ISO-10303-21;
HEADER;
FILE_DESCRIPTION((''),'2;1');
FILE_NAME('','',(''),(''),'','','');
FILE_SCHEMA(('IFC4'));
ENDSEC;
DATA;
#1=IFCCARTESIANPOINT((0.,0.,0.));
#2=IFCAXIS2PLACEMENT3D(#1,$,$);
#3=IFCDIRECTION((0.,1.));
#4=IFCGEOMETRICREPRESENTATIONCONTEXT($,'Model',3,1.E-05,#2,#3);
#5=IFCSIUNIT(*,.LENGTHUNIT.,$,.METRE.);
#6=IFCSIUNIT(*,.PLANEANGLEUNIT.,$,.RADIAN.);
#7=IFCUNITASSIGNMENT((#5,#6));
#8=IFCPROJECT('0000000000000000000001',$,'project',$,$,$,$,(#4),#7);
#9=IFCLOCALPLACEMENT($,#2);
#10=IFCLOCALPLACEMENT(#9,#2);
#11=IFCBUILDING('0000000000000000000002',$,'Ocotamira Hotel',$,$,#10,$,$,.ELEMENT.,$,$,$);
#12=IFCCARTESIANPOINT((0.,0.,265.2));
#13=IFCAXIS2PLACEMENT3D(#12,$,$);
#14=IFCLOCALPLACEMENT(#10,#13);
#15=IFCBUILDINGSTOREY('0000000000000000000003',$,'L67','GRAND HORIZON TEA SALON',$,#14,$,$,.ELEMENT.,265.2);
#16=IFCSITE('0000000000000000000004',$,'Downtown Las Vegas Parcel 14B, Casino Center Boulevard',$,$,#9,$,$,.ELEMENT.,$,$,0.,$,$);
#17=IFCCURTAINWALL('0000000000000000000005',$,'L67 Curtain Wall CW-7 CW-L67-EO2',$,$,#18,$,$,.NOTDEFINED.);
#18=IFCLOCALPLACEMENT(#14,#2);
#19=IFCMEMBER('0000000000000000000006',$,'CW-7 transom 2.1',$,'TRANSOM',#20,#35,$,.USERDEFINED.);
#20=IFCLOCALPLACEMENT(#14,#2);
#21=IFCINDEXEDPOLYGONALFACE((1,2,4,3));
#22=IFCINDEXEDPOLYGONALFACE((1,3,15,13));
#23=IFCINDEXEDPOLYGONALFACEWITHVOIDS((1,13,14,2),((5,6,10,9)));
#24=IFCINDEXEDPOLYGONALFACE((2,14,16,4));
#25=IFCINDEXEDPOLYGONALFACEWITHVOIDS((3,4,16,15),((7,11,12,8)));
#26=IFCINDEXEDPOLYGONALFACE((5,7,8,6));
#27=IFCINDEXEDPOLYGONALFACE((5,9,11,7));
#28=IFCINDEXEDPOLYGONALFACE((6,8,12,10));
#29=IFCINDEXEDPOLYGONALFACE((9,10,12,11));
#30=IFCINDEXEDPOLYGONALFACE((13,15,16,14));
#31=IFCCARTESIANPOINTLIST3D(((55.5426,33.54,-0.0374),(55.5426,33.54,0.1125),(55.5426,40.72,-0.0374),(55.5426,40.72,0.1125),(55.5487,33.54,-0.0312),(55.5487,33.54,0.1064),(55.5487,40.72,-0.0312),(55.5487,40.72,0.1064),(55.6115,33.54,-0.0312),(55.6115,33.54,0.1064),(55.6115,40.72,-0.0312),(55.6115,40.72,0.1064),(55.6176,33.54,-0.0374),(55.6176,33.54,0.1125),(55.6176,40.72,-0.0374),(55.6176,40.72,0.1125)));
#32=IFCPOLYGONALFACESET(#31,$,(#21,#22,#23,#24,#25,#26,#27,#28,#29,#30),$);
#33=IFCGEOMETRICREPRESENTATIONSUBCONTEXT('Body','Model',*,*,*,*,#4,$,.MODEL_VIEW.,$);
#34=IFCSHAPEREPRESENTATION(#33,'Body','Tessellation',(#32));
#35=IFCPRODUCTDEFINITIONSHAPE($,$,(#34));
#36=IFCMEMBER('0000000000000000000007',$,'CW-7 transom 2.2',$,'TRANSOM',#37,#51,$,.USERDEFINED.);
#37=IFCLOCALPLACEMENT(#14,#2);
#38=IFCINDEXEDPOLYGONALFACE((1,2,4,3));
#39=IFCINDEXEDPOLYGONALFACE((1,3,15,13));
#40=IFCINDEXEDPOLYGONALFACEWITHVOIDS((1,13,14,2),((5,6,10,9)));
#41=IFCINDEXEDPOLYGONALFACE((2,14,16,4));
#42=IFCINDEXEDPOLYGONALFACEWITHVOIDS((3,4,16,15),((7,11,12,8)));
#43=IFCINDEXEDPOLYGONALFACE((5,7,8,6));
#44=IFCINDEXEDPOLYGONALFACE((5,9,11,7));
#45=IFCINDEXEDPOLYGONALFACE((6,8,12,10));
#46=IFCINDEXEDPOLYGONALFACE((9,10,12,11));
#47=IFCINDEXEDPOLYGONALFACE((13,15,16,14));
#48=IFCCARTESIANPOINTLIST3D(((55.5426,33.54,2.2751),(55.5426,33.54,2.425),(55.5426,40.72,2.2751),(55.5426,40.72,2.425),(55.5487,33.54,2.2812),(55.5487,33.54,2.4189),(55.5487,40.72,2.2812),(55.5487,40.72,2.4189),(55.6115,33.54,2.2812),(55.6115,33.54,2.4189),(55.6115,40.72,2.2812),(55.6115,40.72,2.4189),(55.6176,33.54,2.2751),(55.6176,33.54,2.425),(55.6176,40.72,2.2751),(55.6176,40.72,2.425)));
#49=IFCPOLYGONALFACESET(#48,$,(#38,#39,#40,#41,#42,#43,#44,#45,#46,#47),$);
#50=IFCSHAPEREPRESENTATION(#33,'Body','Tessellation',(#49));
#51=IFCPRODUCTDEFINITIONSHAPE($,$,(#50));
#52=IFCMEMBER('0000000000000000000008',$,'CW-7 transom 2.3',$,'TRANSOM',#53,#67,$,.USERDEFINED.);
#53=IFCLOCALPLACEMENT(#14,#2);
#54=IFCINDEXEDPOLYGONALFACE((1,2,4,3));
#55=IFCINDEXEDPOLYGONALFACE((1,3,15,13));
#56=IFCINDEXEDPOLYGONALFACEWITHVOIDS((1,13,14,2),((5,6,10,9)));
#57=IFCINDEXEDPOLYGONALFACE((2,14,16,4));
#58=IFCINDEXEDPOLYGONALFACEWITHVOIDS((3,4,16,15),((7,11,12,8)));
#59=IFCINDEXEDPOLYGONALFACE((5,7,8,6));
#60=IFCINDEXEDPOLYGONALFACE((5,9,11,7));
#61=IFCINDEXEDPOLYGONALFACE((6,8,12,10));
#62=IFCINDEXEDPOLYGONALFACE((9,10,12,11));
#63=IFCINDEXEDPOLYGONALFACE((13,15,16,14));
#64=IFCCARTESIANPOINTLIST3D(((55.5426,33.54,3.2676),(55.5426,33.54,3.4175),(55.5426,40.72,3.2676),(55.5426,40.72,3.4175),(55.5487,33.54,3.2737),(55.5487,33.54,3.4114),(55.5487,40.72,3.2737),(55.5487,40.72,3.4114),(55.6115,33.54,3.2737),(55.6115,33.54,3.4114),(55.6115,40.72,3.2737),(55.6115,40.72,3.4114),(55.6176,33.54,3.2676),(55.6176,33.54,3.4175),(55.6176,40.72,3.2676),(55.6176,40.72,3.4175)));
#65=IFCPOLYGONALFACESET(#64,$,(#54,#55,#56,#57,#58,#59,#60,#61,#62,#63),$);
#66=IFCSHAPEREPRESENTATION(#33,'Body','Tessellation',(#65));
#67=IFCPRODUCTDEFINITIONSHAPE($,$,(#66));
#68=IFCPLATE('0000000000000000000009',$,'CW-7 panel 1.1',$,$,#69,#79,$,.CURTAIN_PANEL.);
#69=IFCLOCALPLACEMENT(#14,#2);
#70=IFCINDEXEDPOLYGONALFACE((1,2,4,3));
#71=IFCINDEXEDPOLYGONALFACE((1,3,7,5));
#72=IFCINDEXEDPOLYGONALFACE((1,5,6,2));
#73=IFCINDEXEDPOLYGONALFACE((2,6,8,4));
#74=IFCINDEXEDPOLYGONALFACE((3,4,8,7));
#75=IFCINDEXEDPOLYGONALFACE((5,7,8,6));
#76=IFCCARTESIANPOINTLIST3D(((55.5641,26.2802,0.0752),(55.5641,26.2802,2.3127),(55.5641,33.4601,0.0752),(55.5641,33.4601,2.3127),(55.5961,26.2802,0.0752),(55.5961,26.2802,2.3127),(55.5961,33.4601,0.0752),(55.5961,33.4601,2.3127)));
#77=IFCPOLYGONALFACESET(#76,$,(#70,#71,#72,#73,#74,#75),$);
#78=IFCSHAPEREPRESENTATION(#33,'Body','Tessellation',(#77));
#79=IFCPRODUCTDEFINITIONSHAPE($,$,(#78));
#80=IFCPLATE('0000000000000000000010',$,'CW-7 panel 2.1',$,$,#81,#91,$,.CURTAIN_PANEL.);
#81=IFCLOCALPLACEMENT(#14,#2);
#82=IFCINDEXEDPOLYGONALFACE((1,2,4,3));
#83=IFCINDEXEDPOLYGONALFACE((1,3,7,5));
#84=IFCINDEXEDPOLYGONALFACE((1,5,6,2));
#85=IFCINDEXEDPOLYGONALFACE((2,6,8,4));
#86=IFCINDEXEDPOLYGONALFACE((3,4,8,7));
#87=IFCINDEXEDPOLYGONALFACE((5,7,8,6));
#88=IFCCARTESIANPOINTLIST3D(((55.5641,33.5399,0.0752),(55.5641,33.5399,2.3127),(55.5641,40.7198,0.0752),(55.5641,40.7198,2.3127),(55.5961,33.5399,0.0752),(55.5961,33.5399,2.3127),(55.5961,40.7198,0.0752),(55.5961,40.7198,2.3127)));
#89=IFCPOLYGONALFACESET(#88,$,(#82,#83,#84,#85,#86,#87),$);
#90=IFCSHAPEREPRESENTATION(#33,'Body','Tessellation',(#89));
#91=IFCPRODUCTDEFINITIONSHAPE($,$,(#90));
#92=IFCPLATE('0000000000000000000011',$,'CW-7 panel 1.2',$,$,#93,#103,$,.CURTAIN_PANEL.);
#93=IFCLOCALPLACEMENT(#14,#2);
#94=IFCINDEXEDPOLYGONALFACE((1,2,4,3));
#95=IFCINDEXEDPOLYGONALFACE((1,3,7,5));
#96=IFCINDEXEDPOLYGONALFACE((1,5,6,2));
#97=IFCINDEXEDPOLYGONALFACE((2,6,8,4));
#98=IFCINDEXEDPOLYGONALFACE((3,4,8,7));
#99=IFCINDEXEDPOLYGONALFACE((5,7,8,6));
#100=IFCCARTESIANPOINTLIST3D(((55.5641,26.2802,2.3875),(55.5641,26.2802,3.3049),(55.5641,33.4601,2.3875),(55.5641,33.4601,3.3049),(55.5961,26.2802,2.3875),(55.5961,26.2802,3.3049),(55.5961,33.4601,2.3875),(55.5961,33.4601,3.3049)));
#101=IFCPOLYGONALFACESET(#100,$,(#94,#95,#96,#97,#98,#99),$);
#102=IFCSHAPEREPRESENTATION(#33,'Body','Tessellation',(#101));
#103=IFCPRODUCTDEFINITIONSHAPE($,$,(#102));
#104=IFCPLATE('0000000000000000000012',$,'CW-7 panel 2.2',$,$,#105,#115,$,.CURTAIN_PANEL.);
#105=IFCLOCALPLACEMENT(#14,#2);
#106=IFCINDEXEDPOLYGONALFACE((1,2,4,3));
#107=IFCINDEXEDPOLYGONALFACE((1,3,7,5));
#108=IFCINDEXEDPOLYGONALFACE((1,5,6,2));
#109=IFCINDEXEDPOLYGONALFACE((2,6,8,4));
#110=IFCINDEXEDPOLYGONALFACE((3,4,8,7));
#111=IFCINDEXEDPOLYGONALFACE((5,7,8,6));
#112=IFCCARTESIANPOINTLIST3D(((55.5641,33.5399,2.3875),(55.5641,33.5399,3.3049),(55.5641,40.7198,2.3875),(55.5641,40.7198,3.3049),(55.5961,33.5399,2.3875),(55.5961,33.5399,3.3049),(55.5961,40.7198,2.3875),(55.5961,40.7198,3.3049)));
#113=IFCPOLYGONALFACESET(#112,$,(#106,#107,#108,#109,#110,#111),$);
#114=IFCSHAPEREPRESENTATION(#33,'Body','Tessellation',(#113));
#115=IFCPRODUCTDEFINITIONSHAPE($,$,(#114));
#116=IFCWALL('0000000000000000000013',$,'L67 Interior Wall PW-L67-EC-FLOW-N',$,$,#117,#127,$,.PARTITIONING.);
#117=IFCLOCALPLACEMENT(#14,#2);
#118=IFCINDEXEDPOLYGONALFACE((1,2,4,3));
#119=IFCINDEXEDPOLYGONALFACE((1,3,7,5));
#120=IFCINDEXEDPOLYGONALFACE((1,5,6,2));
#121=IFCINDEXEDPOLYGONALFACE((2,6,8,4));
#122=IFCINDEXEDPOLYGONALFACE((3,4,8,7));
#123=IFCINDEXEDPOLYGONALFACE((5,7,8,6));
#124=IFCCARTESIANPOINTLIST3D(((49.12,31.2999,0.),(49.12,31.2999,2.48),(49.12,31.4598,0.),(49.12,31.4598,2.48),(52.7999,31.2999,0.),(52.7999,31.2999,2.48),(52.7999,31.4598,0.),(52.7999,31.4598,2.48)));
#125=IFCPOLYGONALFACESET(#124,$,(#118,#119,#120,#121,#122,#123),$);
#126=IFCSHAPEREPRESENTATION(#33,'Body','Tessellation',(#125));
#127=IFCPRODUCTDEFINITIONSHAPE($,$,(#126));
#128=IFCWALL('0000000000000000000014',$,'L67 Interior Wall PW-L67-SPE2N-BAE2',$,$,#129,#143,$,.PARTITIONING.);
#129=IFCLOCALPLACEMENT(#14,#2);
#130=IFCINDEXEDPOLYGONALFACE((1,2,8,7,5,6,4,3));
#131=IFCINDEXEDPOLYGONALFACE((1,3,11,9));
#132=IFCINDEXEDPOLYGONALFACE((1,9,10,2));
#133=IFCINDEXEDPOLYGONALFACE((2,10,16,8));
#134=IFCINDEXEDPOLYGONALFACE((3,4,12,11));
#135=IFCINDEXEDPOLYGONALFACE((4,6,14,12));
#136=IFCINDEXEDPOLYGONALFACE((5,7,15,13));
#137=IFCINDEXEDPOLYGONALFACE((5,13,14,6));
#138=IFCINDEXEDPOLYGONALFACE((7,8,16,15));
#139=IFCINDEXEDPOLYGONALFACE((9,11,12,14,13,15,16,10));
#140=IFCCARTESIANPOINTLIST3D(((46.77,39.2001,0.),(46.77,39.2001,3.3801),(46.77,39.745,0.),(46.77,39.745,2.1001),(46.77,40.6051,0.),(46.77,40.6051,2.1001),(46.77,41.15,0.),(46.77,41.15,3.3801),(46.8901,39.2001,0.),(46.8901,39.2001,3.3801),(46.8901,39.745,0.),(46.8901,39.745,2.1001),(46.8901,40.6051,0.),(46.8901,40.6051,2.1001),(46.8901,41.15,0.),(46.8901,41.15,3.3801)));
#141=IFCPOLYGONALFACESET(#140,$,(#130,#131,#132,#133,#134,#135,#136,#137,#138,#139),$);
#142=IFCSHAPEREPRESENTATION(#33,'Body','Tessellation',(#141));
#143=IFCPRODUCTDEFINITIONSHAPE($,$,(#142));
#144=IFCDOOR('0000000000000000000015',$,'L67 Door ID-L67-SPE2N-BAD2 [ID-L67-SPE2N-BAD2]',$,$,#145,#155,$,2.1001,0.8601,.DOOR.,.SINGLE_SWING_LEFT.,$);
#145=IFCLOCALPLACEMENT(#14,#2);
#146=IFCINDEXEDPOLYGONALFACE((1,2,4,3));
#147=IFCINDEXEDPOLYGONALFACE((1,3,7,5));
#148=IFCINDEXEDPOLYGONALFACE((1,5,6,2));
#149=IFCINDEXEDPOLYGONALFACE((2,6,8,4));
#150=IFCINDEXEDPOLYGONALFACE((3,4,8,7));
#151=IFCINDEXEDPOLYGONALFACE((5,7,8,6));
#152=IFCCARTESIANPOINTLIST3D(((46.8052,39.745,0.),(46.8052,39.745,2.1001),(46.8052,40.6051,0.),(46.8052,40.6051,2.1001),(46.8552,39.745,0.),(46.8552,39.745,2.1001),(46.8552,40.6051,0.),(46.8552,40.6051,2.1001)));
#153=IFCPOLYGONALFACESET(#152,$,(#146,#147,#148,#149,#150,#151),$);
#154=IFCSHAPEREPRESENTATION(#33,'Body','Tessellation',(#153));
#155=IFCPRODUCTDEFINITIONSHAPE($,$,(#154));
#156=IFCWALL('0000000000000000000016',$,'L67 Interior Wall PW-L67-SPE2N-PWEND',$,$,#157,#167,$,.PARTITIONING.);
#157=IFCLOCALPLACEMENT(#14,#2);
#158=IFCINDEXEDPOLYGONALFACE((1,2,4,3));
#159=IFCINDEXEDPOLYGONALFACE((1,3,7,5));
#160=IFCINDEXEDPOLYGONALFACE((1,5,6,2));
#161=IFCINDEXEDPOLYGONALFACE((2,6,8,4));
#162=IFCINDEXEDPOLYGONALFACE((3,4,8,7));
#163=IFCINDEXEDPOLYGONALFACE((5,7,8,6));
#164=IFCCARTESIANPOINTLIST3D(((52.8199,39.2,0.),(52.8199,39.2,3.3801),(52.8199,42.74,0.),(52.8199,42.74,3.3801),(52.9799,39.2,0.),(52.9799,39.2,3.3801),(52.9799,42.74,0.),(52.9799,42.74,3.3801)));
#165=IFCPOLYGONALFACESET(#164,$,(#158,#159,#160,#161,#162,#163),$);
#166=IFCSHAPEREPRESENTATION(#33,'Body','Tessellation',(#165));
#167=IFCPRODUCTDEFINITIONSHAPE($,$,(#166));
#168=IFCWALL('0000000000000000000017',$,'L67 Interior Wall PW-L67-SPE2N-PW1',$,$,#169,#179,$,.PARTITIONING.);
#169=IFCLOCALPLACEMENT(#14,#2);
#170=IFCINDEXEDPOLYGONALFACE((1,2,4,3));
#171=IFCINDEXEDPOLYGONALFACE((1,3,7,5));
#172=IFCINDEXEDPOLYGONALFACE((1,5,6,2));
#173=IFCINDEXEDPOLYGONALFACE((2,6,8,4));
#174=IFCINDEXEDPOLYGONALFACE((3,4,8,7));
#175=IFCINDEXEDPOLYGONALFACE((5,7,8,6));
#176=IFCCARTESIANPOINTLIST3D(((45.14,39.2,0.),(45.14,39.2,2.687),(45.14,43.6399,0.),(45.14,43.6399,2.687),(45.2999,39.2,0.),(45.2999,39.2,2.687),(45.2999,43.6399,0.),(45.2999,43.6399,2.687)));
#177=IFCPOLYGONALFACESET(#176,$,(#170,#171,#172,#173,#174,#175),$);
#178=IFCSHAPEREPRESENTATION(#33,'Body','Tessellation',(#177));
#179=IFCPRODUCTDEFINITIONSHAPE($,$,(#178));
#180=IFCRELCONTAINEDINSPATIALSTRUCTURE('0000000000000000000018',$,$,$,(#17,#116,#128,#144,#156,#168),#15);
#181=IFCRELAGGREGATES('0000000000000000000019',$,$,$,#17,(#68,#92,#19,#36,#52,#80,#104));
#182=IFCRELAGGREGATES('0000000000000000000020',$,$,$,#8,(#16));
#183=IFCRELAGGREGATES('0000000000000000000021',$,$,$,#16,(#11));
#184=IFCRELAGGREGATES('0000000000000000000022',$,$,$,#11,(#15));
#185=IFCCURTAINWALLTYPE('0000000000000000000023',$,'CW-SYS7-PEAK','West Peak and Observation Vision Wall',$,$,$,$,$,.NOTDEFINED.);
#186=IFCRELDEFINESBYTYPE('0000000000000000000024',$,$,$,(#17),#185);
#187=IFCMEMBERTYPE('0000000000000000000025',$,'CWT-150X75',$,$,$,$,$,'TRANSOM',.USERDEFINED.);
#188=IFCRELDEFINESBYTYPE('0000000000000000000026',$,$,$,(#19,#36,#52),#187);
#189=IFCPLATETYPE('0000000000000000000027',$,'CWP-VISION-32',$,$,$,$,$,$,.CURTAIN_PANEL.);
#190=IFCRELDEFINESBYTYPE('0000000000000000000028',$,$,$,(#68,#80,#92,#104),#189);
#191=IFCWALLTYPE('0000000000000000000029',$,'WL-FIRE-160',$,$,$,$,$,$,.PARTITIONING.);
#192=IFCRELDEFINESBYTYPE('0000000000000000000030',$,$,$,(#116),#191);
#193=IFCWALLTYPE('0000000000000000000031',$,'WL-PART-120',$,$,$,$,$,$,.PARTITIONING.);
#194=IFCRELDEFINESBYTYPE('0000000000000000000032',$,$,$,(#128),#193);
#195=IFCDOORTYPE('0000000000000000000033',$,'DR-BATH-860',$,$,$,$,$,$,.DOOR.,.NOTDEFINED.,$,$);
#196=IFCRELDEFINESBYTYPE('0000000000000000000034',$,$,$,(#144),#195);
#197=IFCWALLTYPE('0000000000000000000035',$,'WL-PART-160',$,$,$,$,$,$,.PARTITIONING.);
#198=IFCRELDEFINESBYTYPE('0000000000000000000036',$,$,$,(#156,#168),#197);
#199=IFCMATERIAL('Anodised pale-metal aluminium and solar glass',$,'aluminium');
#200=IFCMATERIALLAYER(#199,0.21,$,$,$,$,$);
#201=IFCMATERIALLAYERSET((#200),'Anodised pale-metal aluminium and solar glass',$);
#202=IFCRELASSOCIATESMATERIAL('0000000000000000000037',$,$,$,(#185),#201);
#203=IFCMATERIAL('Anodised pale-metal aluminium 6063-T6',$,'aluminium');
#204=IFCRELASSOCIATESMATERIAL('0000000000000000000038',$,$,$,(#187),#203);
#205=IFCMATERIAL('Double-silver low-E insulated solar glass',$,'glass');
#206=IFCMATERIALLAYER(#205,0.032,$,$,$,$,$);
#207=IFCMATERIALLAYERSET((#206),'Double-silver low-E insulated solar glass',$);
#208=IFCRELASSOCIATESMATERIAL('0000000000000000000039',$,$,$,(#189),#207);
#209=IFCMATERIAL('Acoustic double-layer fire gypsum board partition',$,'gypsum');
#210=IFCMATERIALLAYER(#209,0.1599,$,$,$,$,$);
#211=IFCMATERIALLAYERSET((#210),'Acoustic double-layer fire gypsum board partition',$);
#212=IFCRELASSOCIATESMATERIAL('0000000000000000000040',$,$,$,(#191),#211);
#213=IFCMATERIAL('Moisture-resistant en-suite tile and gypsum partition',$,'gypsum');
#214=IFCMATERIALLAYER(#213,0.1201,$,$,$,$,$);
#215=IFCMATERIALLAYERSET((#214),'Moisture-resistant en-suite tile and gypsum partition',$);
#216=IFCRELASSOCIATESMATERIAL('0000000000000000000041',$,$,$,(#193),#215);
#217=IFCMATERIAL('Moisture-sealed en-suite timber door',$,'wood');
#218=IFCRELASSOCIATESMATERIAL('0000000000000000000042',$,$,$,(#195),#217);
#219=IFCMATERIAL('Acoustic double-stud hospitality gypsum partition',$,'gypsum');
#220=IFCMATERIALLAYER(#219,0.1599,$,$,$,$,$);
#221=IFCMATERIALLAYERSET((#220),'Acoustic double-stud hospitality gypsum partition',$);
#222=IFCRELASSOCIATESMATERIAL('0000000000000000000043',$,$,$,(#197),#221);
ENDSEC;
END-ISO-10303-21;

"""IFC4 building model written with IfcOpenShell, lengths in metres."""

from ifc_helpers import new_model, si_unit, direction, frame, frame_2d, origin, origin_2d, place, context, subcontext, project, spatial, rectangle, hollow_rectangle, extrude, source, transform, mapped, material, layer, layer_set, material_profile, profile_set, type_object, element, fill, aggregate, save


model = new_model("IFC4")

# Units and contexts
model_context = context("Model", 3, precision=1e-05, world=origin(), true_north=direction((0.0, 1.0)))
body_context = subcontext(model_context, "Body", "Model", "MODEL_VIEW")
ifc_project = project(units=[si_unit("LENGTHUNIT", "METRE"), si_unit("PLANEANGLEUNIT", "RADIAN")], contexts=[model_context])

# Site, building, storey
site_placement = place(None, origin())
site = spatial("IfcSite", under=ifc_project, at=site_placement, Name="Downtown Las Vegas Parcel 14B, Casino Center Boulevard", CompositionType="ELEMENT", RefElevation=0.0)
building_placement = place(site_placement, origin())
building = spatial("IfcBuilding", under=site, at=building_placement, Name="Ocotamira Hotel", CompositionType="ELEMENT")
storey_placement = place(building_placement, frame((0.0, 0.0, 265.2)))
storey = spatial("IfcBuildingStorey", under=building, at=storey_placement, Name="L67", Description="GRAND HORIZON TEA SALON", CompositionType="ELEMENT", Elevation=265.2)

# Curtain wall, members, plates
ifc_material_1 = material(Name="Anodised pale-metal aluminium and solar glass", Category="aluminium")
ifc_layer_1 = layer(ifc_material_1, 0.21)
ifc_layer_set_1 = layer_set([ifc_layer_1], Name="Anodised pale-metal aluminium and solar glass")
curtain_wall_type = type_object("IfcCurtainWallType", Name="CW-SYS7-PEAK", Description="West Peak and Observation Vision Wall", PredefinedType="NOTDEFINED", material=ifc_layer_set_1)
curtain_wall_placement = place(storey_placement, origin())
curtain_wall = element("IfcCurtainWall", 1, at=curtain_wall_placement, inside=storey, type_object=curtain_wall_type, Name="L67 Curtain Wall CW-7 CW-L67-EO2", PredefinedType="NOTDEFINED")
ifc_material_2 = material(Name="Anodised pale-metal aluminium 6063-T6", Category="aluminium")
ifc_material_profile_1 = material_profile(ifc_material_2, hollow_rectangle(XDim=0.075, YDim=0.1499, WallThickness=0.0061, at=origin_2d()), Name="HSS150X75X6")
ifc_profile_set_1 = profile_set([ifc_material_profile_1], Name="Anodised pale-metal aluminium 6063-T6")
member_type_1 = type_object("IfcMemberType", Name="CWT-150X75", ElementType="TRANSOM", PredefinedType="USERDEFINED", material=ifc_profile_set_1)
shared_shape_1 = source(origin(), body_context, "Body", "SweptSolid", [
    extrude(hollow_rectangle(XDim=0.075, YDim=0.1499, WallThickness=0.0061, at=origin_2d()), origin(), (0.0, 0.0, 1.0), 7.1799),
])
member_1_placement = place(storey_placement, frame((55.5801, 33.54, 0.0376), z_axis=(0.0, 1.0, 0.0), x_axis=(-1.0, 0.0, 0.0)))
member_1 = element("IfcMember", 2, at=member_1_placement, type_object=member_type_1, Name="CW-7 transom 2.1", ObjectType="TRANSOM", PredefinedType="USERDEFINED", context=body_context, shape_type="MappedRepresentation", body=[
    mapped(shared_shape_1, transform((0.0, 0.0, 0.0), scale=1.0)),
])
member_2_placement = place(storey_placement, frame((55.5801, 33.54, 2.3501), z_axis=(0.0, 1.0, 0.0), x_axis=(-1.0, 0.0, 0.0)))
member_2 = element("IfcMember", 3, at=member_2_placement, type_object=member_type_1, Name="CW-7 transom 2.2", ObjectType="TRANSOM", PredefinedType="USERDEFINED", context=body_context, shape_type="MappedRepresentation", body=[
    mapped(shared_shape_1, transform((0.0, 0.0, 0.0), scale=1.0)),
])
member_3_placement = place(storey_placement, frame((55.5801, 33.54, 3.3425), z_axis=(0.0, 1.0, 0.0), x_axis=(-1.0, 0.0, 0.0)))
member_3 = element("IfcMember", 4, at=member_3_placement, type_object=member_type_1, Name="CW-7 transom 2.3", ObjectType="TRANSOM", PredefinedType="USERDEFINED", context=body_context, shape_type="MappedRepresentation", body=[
    mapped(shared_shape_1, transform((0.0, 0.0, 0.0), scale=1.0)),
])
ifc_material_3 = material(Name="Double-silver low-E insulated solar glass", Category="glass")
ifc_layer_2 = layer(ifc_material_3, 0.032)
ifc_layer_set_2 = layer_set([ifc_layer_2], Name="Double-silver low-E insulated solar glass")
plate_type = type_object("IfcPlateType", Name="CWP-VISION-32", PredefinedType="CURTAIN_PANEL", material=ifc_layer_set_2)
shared_shape_2 = source(origin(), body_context, "Body", "SweptSolid", [
    extrude(rectangle(XDim=7.1799, YDim=0.032, at=origin_2d()), origin(), (0.0, 0.0, 1.0), 2.2375),
])
plate_1_placement = place(storey_placement, frame((55.5801, 29.8701, 0.0752), z_axis=(0.0, 0.0, 1.0), x_axis=(0.0, 1.0, 0.0)))
plate_1 = element("IfcPlate", 5, at=plate_1_placement, type_object=plate_type, Name="CW-7 panel 1.1", PredefinedType="CURTAIN_PANEL", context=body_context, shape_type="MappedRepresentation", body=[
    mapped(shared_shape_2, transform((0.0, 0.0, 0.0), scale=1.0)),
])
plate_2_placement = place(storey_placement, frame((55.5801, 37.1299, 0.0752), z_axis=(0.0, 0.0, 1.0), x_axis=(0.0, 1.0, 0.0)))
plate_2 = element("IfcPlate", 6, at=plate_2_placement, type_object=plate_type, Name="CW-7 panel 2.1", PredefinedType="CURTAIN_PANEL", context=body_context, shape_type="MappedRepresentation", body=[
    mapped(shared_shape_2, transform((0.0, 0.0, 0.0), scale=1.0)),
])
shared_shape_3 = source(origin(), body_context, "Body", "SweptSolid", [
    extrude(rectangle(XDim=7.1799, YDim=0.032, at=origin_2d()), origin(), (0.0, 0.0, 1.0), 0.9175),
])
plate_3_placement = place(storey_placement, frame((55.5801, 29.8701, 2.3875), z_axis=(0.0, 0.0, 1.0), x_axis=(0.0, 1.0, 0.0)))
plate_3 = element("IfcPlate", 7, at=plate_3_placement, type_object=plate_type, Name="CW-7 panel 1.2", PredefinedType="CURTAIN_PANEL", context=body_context, shape_type="MappedRepresentation", body=[
    mapped(shared_shape_3, transform((0.0, 0.0, 0.0), scale=1.0)),
])
plate_4_placement = place(storey_placement, frame((55.5801, 37.1299, 2.3875), z_axis=(0.0, 0.0, 1.0), x_axis=(0.0, 1.0, 0.0)))
plate_4 = element("IfcPlate", 8, at=plate_4_placement, type_object=plate_type, Name="CW-7 panel 2.2", PredefinedType="CURTAIN_PANEL", context=body_context, shape_type="MappedRepresentation", body=[
    mapped(shared_shape_3, transform((0.0, 0.0, 0.0), scale=1.0)),
])
aggregate(curtain_wall, [plate_1, plate_3, member_1, member_2, member_3, plate_2, plate_4])

# Wall
ifc_material_4 = material(Name="Acoustic double-layer fire gypsum board partition", Category="gypsum")
ifc_layer_3 = layer(ifc_material_4, 0.1599)
ifc_layer_set_3 = layer_set([ifc_layer_3], Name="Acoustic double-layer fire gypsum board partition")
wall_type_1 = type_object("IfcWallType", Name="WL-FIRE-160", PredefinedType="PARTITIONING", material=ifc_layer_set_3)
wall_1_placement = place(storey_placement, frame((49.1201, 31.3799, 0.0), z_axis=(0.0, 0.0, 1.0), x_axis=(1.0, 0.0, 0.0)))
element("IfcWall", 9, at=wall_1_placement, inside=storey, type_object=wall_type_1, Name="L67 Interior Wall PW-L67-EC-FLOW-N", PredefinedType="PARTITIONING", context=body_context, shape_type="SweptSolid", body=[
    extrude(rectangle(XDim=3.6799, YDim=0.1599, at=frame_2d((1.8398, 0.0))), origin(), (0.0, 0.0, 1.0), 2.48),
])

# Wall, opening, door
ifc_material_5 = material(Name="Moisture-resistant en-suite tile and gypsum partition", Category="gypsum")
ifc_layer_4 = layer(ifc_material_5, 0.1201)
ifc_layer_set_4 = layer_set([ifc_layer_4], Name="Moisture-resistant en-suite tile and gypsum partition")
wall_type_2 = type_object("IfcWallType", Name="WL-PART-120", PredefinedType="PARTITIONING", material=ifc_layer_set_4)
wall_2_placement = place(storey_placement, frame((46.8301, 39.2, 0.0), z_axis=(0.0, 0.0, 1.0), x_axis=(0.0, 1.0, 0.0)))
wall_2 = element("IfcWall", 10, at=wall_2_placement, inside=storey, type_object=wall_type_2, Name="L67 Interior Wall PW-L67-SPE2N-BAE2", PredefinedType="PARTITIONING", context=body_context, shape_type="SweptSolid", body=[
    extrude(rectangle(XDim=1.95, YDim=0.1201, at=frame_2d((0.9751, 0.0))), origin(), (0.0, 0.0, 1.0), 3.3801),
])
opening_1_placement = place(wall_2_placement, frame((0.5449, 0.0, 0.0)))
opening_1 = element("IfcOpeningElement", 11, at=opening_1_placement, cuts=wall_2, PredefinedType="OPENING", context=body_context, shape_type="SweptSolid", body=[
    extrude(rectangle(XDim=0.8601, YDim=2.1001, at=frame_2d((0.4302, 1.05))), frame((0.0, 0.0701, 0.0), z_axis=(0.0, -1.0, 0.0), x_axis=(1.0, 0.0, 0.0)), (0.0, 0.0, 1.0), 0.1401),
])
ifc_material_6 = material(Name="Moisture-sealed en-suite timber door", Category="wood")
door_type_1 = type_object("IfcDoorType", Name="DR-BATH-860", OperationType="NOTDEFINED", PredefinedType="DOOR", material=ifc_material_6)
shared_shape_4 = source(origin(), body_context, "Body", "SweptSolid", [
    extrude(rectangle(XDim=0.8601, YDim=2.1001, at=frame_2d((0.4302, 1.05))), frame((0.0, 0.0249, 0.0), z_axis=(0.0, -1.0, 0.0), x_axis=(1.0, 0.0, 0.0)), (0.0, 0.0, 1.0), 0.05),
])
door_1_placement = place(opening_1_placement, origin())
door_1 = element("IfcDoor", 12, at=door_1_placement, inside=storey, type_object=door_type_1, Name="L67 Door ID-L67-SPE2N-BAD2 [ID-L67-SPE2N-BAD2]", OperationType="SINGLE_SWING_LEFT", OverallHeight=2.1001, OverallWidth=0.8601, PredefinedType="DOOR", context=body_context, shape_type="MappedRepresentation", body=[
    mapped(shared_shape_4, transform((0.0, 0.0, 0.0), scale=1.0)),
])
fill(opening_1, door_1)

# Walls
ifc_material_7 = material(Name="Acoustic double-stud hospitality gypsum partition", Category="gypsum")
ifc_layer_5 = layer(ifc_material_7, 0.1599)
ifc_layer_set_5 = layer_set([ifc_layer_5], Name="Acoustic double-stud hospitality gypsum partition")
wall_type_3 = type_object("IfcWallType", Name="WL-PART-160", PredefinedType="PARTITIONING", material=ifc_layer_set_5)
wall_3_placement = place(storey_placement, frame((52.8999, 39.2, 0.0), z_axis=(0.0, 0.0, 1.0), x_axis=(0.0, 1.0, 0.0)))
element("IfcWall", 13, at=wall_3_placement, inside=storey, type_object=wall_type_3, Name="L67 Interior Wall PW-L67-SPE2N-PWEND", PredefinedType="PARTITIONING", context=body_context, shape_type="SweptSolid", body=[
    extrude(rectangle(XDim=3.54, YDim=0.1599, at=frame_2d((1.77, 0.0))), origin(), (0.0, 0.0, 1.0), 3.3801),
])
for number, where, z_axis, x_axis, name in (
    (14, (45.22, 39.2, 0.0), (0.0, 0.0, 1.0), (0.0, 1.0, 0.0), "L67 Interior Wall PW-L67-SPE2N-PW1"),
):
    element("IfcWall", number, at=place(storey_placement, frame(where, z_axis=z_axis, x_axis=x_axis)), inside=storey, type_object=wall_type_3, Name=name, PredefinedType="PARTITIONING", context=body_context, shape_type="SweptSolid", body=[
        extrude(rectangle(XDim=4.4399, YDim=0.1599, at=frame_2d((2.22, 0.0))), origin(), (0.0, 0.0, 1.0), 2.687),
    ])

save(model, "model.ifc")
